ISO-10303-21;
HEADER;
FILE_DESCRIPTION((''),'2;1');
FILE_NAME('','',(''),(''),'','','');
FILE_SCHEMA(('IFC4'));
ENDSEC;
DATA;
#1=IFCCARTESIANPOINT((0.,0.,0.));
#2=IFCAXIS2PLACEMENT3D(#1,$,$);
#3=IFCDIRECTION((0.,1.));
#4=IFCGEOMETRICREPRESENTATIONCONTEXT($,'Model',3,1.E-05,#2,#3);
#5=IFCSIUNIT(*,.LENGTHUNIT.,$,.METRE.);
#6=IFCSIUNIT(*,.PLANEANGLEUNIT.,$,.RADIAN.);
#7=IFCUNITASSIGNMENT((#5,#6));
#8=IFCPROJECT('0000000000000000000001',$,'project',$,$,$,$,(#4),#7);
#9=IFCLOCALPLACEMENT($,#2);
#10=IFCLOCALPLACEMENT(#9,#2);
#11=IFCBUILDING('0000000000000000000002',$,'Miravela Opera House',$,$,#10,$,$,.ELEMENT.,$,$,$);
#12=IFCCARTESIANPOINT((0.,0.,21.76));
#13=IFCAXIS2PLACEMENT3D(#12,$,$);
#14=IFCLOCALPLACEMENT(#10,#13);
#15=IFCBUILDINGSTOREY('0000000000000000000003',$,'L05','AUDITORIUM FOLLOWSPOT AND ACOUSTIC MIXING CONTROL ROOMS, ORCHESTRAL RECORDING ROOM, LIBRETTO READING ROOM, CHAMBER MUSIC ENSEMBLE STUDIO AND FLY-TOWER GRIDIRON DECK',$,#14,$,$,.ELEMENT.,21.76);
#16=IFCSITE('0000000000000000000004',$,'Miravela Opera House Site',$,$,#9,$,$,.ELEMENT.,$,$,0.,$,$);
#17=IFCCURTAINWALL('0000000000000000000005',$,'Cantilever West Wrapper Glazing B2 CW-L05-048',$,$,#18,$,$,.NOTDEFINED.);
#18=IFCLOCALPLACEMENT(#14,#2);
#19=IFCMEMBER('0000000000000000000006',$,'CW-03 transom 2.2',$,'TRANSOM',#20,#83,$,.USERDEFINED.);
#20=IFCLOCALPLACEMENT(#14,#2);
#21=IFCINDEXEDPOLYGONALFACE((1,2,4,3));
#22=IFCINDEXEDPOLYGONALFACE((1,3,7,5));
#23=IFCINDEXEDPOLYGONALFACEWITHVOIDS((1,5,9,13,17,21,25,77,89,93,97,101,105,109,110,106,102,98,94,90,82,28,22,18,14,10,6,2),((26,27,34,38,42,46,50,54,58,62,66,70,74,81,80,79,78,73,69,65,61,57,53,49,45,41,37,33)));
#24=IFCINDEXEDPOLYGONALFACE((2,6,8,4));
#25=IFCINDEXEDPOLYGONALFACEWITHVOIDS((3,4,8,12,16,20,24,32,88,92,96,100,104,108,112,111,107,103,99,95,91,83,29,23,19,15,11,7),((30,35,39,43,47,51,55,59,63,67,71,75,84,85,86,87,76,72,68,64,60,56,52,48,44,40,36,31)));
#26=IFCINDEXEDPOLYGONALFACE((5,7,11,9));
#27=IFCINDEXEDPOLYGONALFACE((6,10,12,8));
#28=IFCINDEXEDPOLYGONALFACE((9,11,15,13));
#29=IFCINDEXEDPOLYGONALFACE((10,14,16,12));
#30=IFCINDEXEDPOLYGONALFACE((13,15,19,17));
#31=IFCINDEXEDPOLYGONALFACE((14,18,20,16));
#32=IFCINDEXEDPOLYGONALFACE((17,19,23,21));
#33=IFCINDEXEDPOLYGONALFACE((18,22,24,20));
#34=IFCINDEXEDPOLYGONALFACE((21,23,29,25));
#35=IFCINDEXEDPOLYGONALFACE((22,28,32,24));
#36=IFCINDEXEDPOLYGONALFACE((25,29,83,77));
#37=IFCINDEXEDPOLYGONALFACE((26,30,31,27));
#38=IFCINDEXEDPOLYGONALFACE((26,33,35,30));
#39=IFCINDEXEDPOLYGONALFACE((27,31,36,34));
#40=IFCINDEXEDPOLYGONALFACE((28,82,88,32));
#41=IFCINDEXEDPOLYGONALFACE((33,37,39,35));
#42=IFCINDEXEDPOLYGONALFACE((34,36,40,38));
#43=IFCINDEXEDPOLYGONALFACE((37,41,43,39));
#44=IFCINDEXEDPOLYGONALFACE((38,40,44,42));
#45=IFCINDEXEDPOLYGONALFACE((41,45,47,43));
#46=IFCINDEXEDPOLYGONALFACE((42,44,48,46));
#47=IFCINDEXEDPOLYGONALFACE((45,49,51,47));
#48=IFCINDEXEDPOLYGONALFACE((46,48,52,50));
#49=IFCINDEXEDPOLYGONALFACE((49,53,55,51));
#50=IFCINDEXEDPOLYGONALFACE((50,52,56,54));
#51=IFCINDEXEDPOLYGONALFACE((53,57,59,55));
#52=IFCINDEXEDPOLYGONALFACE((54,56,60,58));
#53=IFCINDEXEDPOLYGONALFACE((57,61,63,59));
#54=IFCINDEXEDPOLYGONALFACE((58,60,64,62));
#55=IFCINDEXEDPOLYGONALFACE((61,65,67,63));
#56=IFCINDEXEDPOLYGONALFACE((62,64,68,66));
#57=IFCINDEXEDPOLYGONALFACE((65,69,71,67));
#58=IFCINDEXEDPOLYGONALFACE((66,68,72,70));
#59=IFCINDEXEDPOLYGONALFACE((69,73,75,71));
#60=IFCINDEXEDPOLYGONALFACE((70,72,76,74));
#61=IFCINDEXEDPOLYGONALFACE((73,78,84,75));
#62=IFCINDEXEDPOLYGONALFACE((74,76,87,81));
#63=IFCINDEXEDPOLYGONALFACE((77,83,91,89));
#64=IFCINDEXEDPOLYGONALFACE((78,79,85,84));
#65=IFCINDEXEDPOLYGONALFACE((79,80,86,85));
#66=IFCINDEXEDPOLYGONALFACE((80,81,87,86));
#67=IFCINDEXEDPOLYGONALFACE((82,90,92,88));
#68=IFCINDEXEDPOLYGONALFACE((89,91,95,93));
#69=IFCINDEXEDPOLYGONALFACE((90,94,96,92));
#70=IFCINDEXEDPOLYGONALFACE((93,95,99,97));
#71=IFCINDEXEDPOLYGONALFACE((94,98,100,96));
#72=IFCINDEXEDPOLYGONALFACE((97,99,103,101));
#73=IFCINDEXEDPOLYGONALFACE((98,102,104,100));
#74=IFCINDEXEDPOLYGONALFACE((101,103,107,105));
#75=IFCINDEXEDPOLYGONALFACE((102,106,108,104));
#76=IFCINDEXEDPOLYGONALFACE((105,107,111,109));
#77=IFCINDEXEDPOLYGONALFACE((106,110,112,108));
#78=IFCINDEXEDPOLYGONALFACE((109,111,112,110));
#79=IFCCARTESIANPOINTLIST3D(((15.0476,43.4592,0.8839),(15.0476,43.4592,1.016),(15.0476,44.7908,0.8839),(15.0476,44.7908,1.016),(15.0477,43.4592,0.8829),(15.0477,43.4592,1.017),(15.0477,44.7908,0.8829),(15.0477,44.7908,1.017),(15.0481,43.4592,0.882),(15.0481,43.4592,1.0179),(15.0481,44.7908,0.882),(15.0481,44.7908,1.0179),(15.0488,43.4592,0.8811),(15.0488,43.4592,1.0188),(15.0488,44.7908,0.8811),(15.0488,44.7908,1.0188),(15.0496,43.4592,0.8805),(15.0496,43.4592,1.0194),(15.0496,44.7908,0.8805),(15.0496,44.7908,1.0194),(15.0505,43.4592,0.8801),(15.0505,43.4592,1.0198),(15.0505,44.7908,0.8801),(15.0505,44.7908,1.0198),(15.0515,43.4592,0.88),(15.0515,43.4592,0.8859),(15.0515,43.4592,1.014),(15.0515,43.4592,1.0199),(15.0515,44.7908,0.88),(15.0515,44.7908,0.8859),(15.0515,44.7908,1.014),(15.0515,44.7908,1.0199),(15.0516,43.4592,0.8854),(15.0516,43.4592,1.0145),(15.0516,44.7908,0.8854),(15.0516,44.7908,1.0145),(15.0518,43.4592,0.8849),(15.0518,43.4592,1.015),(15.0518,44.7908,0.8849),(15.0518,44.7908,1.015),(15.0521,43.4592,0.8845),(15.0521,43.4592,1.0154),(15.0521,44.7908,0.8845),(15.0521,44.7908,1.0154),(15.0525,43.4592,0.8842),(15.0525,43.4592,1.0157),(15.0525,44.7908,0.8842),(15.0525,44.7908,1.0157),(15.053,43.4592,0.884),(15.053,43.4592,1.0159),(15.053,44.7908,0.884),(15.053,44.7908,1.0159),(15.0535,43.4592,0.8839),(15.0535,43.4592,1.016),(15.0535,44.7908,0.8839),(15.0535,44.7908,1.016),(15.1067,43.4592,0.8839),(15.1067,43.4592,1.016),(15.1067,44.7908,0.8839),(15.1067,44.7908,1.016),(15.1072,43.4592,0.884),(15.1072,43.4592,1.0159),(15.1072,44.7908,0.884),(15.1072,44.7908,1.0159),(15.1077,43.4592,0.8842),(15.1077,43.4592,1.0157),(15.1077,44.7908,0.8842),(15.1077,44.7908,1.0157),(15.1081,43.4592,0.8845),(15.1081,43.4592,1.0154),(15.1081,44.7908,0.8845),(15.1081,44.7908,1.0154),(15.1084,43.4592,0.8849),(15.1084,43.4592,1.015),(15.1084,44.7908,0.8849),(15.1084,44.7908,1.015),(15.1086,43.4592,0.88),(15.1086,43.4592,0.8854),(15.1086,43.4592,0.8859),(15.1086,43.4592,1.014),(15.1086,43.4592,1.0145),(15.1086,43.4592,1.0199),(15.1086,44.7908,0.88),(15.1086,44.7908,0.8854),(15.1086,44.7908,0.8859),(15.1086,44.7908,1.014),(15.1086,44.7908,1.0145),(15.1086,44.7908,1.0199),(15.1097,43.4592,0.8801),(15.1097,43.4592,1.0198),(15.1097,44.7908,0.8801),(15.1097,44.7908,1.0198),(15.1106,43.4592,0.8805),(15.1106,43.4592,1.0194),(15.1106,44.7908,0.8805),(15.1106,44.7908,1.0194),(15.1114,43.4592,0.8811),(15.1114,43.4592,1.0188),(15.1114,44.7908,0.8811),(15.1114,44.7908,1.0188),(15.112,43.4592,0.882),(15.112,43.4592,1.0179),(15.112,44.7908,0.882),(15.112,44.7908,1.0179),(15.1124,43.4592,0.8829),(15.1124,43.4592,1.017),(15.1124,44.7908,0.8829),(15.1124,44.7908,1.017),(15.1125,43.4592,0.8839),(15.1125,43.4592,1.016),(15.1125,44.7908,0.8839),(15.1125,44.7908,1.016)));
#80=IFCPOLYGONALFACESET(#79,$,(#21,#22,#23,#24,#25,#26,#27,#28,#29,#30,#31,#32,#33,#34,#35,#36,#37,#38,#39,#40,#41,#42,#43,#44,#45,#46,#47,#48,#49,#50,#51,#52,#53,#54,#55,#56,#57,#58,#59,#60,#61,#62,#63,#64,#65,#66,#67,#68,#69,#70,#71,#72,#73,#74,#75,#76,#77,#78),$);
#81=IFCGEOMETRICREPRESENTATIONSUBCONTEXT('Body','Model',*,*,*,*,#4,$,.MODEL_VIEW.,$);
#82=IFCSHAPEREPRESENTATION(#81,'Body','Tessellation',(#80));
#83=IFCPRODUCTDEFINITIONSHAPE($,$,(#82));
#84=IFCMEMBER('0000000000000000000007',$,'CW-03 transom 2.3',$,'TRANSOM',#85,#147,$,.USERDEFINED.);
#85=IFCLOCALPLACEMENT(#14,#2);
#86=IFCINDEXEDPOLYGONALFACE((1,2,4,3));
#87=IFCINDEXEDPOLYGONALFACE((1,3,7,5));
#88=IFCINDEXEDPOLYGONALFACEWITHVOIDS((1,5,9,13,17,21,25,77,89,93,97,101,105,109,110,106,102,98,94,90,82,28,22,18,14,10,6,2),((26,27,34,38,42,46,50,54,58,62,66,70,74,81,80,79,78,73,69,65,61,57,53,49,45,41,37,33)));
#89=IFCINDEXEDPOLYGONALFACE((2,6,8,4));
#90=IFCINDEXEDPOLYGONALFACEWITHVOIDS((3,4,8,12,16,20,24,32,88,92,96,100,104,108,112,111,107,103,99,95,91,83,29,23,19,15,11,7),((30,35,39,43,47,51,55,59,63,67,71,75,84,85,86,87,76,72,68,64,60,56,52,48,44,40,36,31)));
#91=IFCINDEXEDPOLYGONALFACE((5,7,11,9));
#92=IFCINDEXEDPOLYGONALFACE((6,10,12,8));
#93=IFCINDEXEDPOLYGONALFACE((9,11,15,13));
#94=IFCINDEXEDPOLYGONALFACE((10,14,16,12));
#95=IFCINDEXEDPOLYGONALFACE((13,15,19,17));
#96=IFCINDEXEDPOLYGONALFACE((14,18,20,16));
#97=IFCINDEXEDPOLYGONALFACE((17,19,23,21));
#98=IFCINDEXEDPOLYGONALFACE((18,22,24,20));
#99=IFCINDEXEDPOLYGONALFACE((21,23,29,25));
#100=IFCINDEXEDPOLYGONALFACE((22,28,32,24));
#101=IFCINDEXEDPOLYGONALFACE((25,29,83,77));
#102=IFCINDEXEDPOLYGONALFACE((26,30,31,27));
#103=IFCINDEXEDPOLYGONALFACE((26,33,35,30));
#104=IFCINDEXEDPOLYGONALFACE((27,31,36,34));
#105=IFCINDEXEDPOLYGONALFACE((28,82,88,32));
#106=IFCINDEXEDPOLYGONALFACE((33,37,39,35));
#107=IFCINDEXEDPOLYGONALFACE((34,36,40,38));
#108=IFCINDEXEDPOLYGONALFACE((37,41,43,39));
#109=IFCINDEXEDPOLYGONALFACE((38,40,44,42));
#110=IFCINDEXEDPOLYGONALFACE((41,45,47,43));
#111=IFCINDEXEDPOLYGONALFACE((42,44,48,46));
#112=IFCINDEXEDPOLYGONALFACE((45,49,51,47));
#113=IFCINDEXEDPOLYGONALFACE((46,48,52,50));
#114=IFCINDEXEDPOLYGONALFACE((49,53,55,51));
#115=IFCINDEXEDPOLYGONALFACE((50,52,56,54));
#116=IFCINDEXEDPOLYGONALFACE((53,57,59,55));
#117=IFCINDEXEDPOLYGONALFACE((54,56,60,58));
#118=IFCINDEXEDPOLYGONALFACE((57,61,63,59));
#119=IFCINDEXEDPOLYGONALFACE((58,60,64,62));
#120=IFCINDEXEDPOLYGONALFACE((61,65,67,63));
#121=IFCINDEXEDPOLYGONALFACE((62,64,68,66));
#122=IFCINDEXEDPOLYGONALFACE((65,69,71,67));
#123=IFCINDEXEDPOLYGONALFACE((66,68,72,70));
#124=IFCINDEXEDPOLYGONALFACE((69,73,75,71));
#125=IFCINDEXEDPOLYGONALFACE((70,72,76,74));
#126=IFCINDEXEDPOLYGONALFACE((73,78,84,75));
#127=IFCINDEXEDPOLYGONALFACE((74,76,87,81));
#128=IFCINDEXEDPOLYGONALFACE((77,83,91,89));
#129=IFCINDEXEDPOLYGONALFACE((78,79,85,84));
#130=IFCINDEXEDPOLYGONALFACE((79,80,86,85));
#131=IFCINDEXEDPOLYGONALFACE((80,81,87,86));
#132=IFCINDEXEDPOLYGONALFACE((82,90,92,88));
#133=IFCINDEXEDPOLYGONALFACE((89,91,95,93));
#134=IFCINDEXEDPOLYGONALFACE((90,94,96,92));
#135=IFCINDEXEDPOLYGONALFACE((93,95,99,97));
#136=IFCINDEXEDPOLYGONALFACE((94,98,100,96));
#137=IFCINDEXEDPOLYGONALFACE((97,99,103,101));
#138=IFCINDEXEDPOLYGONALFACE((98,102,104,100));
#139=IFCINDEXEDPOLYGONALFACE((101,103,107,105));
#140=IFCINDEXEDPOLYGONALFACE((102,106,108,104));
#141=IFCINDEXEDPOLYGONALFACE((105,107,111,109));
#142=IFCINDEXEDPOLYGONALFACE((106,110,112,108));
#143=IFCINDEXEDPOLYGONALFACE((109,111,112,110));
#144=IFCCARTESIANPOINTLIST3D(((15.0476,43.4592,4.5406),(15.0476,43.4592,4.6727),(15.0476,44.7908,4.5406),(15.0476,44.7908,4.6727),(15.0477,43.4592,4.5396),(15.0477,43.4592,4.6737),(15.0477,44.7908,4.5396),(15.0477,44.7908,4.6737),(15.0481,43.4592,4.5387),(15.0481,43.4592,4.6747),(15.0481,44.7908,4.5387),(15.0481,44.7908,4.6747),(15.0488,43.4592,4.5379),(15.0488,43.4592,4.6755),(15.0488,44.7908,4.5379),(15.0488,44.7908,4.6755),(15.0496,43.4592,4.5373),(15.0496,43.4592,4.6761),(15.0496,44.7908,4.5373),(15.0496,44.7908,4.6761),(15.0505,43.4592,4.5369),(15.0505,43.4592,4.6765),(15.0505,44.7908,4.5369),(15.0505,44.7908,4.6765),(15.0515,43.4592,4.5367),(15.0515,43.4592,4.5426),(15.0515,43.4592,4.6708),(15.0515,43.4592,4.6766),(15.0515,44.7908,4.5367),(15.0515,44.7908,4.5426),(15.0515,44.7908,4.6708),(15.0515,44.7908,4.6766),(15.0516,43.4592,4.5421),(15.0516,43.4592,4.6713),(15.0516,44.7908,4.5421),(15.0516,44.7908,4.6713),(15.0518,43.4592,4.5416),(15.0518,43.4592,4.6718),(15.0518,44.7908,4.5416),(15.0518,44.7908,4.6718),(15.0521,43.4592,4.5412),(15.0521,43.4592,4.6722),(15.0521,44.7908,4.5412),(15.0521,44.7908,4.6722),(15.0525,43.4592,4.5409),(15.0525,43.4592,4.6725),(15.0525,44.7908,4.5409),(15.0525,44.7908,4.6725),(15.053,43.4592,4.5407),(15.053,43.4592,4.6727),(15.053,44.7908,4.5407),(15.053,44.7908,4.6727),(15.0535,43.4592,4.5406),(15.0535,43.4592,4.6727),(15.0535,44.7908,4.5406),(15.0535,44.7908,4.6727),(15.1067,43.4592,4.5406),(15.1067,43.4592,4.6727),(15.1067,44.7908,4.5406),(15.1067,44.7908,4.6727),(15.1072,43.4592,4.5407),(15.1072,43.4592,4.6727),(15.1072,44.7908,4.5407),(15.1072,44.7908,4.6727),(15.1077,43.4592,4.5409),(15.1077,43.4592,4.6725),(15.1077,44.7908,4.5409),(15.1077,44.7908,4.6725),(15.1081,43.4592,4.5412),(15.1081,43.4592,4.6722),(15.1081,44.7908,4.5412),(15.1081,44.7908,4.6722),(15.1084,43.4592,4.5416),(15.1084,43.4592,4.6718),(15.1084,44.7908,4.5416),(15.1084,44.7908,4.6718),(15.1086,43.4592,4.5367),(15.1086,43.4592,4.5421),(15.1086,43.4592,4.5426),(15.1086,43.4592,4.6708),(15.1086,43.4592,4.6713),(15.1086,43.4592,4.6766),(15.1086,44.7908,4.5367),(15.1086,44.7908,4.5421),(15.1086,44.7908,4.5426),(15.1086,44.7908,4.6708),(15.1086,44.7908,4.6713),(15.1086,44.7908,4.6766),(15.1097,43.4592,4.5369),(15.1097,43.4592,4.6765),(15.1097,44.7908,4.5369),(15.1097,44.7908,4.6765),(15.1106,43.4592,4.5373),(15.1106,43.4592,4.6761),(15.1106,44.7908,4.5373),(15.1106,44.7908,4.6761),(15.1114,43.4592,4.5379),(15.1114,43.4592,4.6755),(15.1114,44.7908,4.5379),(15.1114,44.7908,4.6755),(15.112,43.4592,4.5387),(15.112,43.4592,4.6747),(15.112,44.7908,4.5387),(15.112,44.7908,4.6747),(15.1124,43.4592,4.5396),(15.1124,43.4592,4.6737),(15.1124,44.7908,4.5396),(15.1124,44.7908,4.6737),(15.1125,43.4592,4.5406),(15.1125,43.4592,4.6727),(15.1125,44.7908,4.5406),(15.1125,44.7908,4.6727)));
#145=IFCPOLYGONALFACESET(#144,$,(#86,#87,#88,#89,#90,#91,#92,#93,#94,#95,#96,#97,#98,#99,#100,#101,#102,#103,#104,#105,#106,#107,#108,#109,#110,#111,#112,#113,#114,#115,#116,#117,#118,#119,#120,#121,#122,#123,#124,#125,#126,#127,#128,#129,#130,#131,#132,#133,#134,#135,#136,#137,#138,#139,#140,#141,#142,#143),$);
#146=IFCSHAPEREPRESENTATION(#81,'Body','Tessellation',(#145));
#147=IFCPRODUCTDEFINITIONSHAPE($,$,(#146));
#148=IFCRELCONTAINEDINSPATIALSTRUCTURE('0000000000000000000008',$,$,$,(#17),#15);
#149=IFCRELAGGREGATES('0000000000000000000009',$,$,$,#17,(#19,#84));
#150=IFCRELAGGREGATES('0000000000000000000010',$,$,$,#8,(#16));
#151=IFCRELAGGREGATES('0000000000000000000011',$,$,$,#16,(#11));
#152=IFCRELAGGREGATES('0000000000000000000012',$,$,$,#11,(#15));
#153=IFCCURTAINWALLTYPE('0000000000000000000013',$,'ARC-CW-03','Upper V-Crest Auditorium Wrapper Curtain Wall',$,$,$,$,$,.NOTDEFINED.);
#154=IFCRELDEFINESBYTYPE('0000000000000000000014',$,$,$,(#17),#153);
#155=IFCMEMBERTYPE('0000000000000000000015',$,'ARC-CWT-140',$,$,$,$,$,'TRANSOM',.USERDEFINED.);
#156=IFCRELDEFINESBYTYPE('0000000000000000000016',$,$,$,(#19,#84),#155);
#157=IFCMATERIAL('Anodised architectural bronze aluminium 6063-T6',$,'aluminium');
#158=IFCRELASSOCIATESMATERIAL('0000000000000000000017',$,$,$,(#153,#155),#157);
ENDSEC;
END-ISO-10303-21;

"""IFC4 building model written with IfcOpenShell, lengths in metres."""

from ifc_helpers import new_model, si_unit, direction, frame, origin, origin_2d, place, context, subcontext, project, spatial, hollow_rectangle, extrude, material, material_profile, profile_set, type_object, element, aggregate, save


model = new_model("IFC4")

# Units and contexts
model_context = context("Model", 3, precision=1e-05, world=origin(), true_north=direction((0.0, 1.0)))
body_context = subcontext(model_context, "Body", "Model", "MODEL_VIEW")
ifc_project = project(units=[si_unit("LENGTHUNIT", "METRE"), si_unit("PLANEANGLEUNIT", "RADIAN")], contexts=[model_context])

# Site, building, storey
site_placement = place(None, origin())
site = spatial("IfcSite", under=ifc_project, at=site_placement, Name="Miravela Opera House Site", CompositionType="ELEMENT", RefElevation=0.0)
building_placement = place(site_placement, origin())
building = spatial("IfcBuilding", under=site, at=building_placement, Name="Miravela Opera House", CompositionType="ELEMENT")
storey_placement = place(building_placement, frame((0.0, 0.0, 21.76)))
storey = spatial("IfcBuildingStorey", under=building, at=storey_placement, Name="L05", Description="AUDITORIUM FOLLOWSPOT AND ACOUSTIC MIXING CONTROL ROOMS, ORCHESTRAL RECORDING ROOM, LIBRETTO READING ROOM, CHAMBER MUSIC ENSEMBLE STUDIO AND FLY-TOWER GRIDIRON DECK", CompositionType="ELEMENT", Elevation=21.76)

# Curtain wall, members
ifc_material_1 = material(Name="Anodised architectural bronze aluminium 6063-T6", Category="aluminium")
curtain_wall_type = type_object("IfcCurtainWallType", Name="ARC-CW-03", Description="Upper V-Crest Auditorium Wrapper Curtain Wall", PredefinedType="NOTDEFINED", material=ifc_material_1)
ifc_material_profile_1 = material_profile(ifc_material_1, hollow_rectangle(XDim=0.0649, YDim=0.1399, WallThickness=0.0039, InnerFilletRadius=0.002, OuterFilletRadius=0.0039, at=origin_2d()), Name="CWT-65X140")
ifc_profile_set_1 = profile_set([ifc_material_profile_1])
member_type_1 = type_object("IfcMemberType", Name="ARC-CWT-140", ElementType="TRANSOM", PredefinedType="USERDEFINED", material=ifc_profile_set_1)
curtain_wall_1_placement = place(storey_placement, origin())
curtain_wall_1 = element("IfcCurtainWall", 1, at=curtain_wall_1_placement, inside=storey, type_object=curtain_wall_type, Name="Cantilever West Wrapper Glazing B2 CW-L05-048", PredefinedType="NOTDEFINED")
member_1_placement = place(storey_placement, frame((15.0801, 43.4592, 0.95), z_axis=(0.0, 1.0, 0.0), x_axis=(-1.0, 0.0, 0.0)))
member_1 = element("IfcMember", 2, at=member_1_placement, type_object=member_type_1, Name="CW-03 transom 2.2", ObjectType="TRANSOM", PredefinedType="USERDEFINED", context=body_context, shape_type="SweptSolid", body=[
    extrude(hollow_rectangle(XDim=0.0649, YDim=0.1399, WallThickness=0.0039, InnerFilletRadius=0.002, OuterFilletRadius=0.0039, at=origin_2d()), origin(), (0.0, 0.0, 1.0), 1.3315),
])
member_2_placement = place(storey_placement, frame((15.0801, 43.4592, 4.6067), z_axis=(0.0, 1.0, 0.0), x_axis=(-1.0, 0.0, 0.0)))
member_2 = element("IfcMember", 3, at=member_2_placement, type_object=member_type_1, Name="CW-03 transom 2.3", ObjectType="TRANSOM", PredefinedType="USERDEFINED", context=body_context, shape_type="SweptSolid", body=[
    extrude(hollow_rectangle(XDim=0.0649, YDim=0.1399, WallThickness=0.0039, InnerFilletRadius=0.002, OuterFilletRadius=0.0039, at=origin_2d()), origin(), (0.0, 0.0, 1.0), 1.3315),
])

aggregate(curtain_wall_1, [member_1, member_2])

save(model, "model.ifc")
